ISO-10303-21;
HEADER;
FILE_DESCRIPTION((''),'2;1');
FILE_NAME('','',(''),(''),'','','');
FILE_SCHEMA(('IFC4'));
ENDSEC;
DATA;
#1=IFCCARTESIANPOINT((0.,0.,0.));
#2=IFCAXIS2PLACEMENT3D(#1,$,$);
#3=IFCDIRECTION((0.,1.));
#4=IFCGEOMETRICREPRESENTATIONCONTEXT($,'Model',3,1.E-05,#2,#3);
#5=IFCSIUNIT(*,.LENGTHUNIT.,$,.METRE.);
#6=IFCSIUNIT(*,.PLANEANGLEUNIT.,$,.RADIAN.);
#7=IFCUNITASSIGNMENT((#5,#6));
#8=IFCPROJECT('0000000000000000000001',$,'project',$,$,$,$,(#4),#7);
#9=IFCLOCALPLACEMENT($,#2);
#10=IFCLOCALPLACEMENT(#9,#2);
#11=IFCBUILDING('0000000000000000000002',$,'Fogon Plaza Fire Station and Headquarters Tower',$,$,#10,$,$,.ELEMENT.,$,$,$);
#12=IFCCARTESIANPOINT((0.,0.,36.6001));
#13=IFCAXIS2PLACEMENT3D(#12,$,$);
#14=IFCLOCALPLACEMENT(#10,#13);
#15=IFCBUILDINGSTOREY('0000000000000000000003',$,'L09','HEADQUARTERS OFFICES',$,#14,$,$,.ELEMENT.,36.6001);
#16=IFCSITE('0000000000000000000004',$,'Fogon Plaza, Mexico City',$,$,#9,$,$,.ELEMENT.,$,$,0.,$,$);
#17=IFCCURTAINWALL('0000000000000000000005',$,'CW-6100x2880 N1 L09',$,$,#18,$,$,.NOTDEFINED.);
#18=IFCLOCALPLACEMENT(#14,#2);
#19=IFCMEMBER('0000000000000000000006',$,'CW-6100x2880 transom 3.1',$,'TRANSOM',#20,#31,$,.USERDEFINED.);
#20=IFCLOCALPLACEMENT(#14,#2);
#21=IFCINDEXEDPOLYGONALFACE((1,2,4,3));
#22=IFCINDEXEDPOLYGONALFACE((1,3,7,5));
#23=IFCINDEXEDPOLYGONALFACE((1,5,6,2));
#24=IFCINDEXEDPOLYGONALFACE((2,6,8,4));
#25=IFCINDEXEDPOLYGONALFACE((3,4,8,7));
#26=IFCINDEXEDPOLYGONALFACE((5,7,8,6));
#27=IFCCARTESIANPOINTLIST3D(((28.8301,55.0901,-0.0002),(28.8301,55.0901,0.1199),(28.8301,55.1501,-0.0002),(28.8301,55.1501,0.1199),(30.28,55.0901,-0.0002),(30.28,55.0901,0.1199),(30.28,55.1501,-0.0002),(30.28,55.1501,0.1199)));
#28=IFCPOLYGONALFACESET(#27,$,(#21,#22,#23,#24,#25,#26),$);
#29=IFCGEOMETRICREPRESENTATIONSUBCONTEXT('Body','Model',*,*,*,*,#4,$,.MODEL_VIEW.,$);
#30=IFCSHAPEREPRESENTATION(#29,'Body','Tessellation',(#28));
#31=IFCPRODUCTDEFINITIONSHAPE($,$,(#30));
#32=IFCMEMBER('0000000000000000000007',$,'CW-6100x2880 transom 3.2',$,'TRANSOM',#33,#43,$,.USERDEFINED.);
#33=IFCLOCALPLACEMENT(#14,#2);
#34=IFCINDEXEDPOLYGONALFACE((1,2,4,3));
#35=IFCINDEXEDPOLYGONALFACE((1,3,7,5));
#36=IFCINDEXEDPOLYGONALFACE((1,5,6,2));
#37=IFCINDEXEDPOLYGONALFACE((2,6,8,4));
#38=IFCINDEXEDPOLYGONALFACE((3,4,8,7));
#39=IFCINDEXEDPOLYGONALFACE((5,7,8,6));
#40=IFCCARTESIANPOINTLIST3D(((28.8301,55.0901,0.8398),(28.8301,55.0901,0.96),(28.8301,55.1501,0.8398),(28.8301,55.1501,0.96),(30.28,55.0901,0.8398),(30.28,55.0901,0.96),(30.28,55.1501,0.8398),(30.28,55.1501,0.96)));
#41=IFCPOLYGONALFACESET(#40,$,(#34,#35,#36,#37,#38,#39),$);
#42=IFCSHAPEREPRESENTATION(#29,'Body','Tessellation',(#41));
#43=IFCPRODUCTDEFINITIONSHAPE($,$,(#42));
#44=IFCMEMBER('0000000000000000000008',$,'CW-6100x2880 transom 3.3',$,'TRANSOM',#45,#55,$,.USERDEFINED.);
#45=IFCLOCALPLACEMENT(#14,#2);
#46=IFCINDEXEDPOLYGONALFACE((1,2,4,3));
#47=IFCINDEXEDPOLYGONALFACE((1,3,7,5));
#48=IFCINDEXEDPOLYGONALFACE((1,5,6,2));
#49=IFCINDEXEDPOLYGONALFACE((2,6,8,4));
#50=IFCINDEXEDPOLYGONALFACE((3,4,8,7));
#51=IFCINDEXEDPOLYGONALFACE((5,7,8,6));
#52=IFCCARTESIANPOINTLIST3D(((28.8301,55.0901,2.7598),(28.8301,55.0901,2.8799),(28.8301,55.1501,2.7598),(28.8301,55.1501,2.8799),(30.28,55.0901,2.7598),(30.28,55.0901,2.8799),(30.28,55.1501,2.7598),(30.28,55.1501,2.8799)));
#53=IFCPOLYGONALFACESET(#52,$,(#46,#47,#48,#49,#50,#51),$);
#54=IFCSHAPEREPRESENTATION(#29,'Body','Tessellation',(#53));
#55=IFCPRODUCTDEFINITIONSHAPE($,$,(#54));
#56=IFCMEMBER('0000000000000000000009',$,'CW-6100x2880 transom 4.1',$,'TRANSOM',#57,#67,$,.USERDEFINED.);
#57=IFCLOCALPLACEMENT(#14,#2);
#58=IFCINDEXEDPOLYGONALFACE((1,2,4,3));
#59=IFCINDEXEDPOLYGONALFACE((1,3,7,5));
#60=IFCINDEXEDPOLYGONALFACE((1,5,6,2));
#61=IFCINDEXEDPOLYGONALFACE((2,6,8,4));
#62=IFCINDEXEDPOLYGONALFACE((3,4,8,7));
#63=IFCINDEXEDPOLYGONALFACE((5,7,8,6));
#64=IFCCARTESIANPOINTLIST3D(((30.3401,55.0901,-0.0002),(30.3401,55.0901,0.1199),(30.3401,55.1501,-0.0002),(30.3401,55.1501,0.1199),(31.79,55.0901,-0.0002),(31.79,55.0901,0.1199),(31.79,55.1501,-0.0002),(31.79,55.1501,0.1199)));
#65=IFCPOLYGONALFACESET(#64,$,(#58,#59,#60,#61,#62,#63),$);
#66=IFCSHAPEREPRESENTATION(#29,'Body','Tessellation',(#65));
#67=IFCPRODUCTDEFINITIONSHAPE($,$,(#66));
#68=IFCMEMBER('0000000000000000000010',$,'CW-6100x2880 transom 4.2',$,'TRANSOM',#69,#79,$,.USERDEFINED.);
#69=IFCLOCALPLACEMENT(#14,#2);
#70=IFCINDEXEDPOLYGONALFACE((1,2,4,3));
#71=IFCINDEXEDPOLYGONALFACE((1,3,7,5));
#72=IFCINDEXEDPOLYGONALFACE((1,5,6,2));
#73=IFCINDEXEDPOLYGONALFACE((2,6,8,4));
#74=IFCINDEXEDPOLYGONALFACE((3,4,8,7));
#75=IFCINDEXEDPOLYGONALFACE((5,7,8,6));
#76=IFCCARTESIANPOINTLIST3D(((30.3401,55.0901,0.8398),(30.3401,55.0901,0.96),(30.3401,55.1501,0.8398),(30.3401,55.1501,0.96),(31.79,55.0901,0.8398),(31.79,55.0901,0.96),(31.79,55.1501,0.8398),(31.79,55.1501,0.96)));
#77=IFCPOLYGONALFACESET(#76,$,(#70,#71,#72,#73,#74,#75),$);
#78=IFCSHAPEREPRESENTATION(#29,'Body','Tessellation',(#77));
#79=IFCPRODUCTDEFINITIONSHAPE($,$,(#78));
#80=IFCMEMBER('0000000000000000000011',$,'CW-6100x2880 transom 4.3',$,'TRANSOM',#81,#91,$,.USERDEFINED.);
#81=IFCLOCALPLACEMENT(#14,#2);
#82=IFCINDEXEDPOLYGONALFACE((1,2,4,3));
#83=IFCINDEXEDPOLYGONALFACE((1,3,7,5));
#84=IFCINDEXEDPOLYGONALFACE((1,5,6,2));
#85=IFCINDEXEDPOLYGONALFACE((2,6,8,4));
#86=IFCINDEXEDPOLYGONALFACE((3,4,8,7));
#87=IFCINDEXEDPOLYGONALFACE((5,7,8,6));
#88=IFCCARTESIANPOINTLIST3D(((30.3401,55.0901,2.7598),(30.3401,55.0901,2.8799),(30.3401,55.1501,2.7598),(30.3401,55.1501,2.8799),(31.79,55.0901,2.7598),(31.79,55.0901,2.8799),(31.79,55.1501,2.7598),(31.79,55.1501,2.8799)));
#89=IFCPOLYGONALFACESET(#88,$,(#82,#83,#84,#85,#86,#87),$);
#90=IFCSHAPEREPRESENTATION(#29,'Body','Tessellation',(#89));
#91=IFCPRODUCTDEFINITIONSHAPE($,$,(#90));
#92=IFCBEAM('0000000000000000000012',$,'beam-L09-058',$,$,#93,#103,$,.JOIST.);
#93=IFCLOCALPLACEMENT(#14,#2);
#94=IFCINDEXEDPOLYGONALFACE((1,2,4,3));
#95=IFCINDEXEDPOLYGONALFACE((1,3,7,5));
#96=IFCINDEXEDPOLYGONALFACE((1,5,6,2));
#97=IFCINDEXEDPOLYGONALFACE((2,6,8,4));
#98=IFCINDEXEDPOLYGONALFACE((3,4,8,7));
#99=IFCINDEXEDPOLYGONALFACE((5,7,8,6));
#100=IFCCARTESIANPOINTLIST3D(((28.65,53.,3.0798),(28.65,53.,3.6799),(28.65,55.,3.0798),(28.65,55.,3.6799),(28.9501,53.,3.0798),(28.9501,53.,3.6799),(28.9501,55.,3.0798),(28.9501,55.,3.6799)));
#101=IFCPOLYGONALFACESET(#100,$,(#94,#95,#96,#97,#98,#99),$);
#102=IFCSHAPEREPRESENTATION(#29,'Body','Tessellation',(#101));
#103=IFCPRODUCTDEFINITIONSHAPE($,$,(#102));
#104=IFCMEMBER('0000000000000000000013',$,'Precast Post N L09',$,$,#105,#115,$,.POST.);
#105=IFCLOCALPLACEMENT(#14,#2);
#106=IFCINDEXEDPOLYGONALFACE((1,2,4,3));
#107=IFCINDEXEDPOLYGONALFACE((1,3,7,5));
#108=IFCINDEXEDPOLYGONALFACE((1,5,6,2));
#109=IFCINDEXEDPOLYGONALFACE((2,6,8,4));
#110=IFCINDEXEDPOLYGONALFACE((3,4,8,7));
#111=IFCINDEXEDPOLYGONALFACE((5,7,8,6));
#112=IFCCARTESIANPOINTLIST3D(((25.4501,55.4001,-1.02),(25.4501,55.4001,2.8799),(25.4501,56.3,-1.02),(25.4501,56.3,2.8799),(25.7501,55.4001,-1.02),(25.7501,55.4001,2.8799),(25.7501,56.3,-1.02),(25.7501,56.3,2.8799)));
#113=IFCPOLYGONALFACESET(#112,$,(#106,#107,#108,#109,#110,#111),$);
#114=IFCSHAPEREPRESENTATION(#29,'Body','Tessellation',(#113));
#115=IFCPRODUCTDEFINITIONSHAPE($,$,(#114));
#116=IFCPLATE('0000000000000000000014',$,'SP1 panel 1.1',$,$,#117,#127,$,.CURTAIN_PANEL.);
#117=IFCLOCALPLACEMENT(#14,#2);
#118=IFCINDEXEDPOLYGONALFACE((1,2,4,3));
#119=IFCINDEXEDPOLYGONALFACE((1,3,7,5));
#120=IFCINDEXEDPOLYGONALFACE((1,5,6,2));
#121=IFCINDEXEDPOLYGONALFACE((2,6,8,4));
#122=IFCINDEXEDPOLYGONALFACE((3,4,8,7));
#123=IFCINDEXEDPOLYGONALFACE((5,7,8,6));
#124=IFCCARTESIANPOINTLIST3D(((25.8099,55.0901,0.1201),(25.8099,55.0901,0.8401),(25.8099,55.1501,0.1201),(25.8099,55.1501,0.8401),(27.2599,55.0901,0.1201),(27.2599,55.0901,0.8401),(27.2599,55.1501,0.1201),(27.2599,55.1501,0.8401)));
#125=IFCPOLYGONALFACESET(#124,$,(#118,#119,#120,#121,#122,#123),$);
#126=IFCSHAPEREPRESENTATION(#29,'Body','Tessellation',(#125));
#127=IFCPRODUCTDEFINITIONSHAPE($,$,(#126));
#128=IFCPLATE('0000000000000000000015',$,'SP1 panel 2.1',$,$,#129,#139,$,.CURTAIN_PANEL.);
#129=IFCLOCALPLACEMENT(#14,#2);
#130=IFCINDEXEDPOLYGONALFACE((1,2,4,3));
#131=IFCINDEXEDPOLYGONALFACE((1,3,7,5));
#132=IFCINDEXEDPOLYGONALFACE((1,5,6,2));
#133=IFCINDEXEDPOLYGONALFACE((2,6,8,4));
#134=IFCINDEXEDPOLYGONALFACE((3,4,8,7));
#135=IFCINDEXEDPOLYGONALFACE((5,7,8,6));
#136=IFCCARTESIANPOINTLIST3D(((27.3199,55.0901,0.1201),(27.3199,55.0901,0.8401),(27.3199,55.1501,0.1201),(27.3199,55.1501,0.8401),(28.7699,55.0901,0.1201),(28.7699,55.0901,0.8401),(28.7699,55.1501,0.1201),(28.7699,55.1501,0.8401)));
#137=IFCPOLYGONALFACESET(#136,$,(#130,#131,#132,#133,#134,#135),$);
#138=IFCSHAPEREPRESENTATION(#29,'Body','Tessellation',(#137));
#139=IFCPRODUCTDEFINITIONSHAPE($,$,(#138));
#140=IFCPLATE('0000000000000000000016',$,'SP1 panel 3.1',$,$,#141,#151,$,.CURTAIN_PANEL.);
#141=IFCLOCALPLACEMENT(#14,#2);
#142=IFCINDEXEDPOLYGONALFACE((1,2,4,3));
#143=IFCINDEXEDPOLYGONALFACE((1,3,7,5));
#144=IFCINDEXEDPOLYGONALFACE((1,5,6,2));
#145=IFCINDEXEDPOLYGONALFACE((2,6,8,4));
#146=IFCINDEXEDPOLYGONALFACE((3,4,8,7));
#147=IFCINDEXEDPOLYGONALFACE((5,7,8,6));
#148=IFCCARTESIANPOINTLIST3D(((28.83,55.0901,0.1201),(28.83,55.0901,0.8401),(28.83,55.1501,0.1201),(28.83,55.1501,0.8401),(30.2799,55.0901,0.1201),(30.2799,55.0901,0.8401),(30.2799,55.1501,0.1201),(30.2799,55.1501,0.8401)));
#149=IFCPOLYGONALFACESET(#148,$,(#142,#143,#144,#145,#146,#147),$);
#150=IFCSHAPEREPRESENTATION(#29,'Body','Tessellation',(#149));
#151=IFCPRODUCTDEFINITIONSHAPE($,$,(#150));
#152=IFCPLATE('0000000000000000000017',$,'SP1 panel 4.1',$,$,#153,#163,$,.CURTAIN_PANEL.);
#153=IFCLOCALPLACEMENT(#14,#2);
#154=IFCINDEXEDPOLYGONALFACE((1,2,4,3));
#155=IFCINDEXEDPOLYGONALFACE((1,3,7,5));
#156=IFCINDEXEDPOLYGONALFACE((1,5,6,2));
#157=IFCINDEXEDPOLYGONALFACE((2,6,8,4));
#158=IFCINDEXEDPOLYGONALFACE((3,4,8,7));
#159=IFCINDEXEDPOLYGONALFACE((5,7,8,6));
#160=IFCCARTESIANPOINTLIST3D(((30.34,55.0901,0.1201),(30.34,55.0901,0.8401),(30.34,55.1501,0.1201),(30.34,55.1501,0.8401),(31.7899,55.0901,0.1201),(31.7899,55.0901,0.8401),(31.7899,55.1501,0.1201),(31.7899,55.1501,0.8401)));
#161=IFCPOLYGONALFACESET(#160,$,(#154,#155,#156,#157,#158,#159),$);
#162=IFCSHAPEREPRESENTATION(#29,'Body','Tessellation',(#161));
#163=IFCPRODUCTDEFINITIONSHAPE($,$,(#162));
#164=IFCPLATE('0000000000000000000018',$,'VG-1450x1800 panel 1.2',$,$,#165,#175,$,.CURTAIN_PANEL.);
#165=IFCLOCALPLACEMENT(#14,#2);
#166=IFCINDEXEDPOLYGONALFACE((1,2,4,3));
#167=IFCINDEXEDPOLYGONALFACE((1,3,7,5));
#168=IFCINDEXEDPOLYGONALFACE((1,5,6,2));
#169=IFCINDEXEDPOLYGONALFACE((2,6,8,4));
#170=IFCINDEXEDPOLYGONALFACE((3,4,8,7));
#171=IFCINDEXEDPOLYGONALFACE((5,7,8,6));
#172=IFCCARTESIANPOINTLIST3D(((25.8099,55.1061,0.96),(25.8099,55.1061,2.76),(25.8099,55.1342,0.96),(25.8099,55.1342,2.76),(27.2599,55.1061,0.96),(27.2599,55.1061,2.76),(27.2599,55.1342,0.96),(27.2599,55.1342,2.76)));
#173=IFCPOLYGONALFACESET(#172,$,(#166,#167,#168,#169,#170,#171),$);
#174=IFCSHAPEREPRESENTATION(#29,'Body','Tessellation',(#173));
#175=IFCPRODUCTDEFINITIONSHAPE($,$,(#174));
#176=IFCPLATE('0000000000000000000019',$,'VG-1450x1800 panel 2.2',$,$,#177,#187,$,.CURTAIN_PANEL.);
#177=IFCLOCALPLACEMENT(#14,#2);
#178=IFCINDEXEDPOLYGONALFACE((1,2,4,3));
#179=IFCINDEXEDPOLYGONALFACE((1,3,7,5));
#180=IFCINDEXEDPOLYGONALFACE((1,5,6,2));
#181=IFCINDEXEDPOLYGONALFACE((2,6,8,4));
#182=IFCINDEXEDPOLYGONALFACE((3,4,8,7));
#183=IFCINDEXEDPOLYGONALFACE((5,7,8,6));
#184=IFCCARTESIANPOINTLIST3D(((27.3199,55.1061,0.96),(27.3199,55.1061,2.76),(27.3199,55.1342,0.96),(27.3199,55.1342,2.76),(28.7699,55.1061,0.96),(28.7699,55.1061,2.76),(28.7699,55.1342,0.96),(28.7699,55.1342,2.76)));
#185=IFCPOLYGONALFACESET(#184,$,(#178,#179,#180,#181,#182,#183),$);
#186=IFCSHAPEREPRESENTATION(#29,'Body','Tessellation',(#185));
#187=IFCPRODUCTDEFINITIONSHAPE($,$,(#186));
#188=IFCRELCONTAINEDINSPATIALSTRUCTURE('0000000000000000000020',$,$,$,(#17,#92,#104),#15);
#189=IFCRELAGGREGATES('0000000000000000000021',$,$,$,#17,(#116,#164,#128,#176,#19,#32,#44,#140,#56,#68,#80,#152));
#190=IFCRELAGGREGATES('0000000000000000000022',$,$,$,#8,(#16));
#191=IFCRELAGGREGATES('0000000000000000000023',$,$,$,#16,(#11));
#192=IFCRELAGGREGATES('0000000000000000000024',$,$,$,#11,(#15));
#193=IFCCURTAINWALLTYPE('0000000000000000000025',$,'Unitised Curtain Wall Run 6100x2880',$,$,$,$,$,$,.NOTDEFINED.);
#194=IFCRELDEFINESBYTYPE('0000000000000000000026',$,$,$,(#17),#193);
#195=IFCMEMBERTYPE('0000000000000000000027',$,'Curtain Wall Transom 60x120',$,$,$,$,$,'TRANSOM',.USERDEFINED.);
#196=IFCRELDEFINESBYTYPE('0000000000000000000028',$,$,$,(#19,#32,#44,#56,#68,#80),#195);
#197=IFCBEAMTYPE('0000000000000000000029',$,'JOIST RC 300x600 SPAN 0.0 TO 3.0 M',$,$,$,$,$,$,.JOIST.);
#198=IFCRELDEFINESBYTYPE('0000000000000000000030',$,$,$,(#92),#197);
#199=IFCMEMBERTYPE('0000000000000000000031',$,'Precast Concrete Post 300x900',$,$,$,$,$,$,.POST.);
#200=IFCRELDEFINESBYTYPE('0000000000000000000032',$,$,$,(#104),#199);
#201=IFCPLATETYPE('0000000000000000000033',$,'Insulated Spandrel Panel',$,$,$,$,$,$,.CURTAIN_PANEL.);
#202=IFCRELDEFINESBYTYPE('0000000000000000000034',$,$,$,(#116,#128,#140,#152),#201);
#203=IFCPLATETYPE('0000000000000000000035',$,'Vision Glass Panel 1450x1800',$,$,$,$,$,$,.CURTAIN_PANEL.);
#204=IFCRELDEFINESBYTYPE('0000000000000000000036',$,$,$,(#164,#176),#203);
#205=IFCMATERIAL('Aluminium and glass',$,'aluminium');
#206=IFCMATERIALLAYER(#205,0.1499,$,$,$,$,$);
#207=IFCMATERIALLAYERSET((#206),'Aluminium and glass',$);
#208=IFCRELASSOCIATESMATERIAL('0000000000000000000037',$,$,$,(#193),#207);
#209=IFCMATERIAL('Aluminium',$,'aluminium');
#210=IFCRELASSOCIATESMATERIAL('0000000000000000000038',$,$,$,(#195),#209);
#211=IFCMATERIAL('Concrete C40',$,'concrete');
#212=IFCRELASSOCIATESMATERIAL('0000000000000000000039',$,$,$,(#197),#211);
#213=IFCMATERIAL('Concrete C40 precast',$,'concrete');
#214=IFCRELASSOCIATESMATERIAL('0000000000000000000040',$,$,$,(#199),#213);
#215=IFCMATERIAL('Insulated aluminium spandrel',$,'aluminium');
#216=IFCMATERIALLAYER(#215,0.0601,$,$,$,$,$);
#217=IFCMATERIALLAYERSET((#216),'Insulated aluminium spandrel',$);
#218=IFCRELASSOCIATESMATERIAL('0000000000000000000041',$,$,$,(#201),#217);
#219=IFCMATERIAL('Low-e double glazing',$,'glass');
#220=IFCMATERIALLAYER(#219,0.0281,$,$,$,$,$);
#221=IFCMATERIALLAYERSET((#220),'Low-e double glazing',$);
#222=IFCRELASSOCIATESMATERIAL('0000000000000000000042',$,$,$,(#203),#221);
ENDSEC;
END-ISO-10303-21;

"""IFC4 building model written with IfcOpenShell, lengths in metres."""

from ifc_helpers import new_model, si_unit, direction, frame, origin, origin_2d, place, context, subcontext, project, spatial, rectangle, extrude, material, layer, layer_set, material_profile, profile_set, type_object, element, aggregate, save


model = new_model("IFC4")

# Units and contexts
model_context = context("Model", 3, precision=1e-05, world=origin(), true_north=direction((0.0, 1.0)))
body_context = subcontext(model_context, "Body", "Model", "MODEL_VIEW")
ifc_project = project(units=[si_unit("LENGTHUNIT", "METRE"), si_unit("PLANEANGLEUNIT", "RADIAN")], contexts=[model_context])

# Site, building, storey
site_placement = place(None, origin())
site = spatial("IfcSite", under=ifc_project, at=site_placement, Name="Fogon Plaza, Mexico City", CompositionType="ELEMENT", RefElevation=0.0)
building_placement = place(site_placement, origin())
building = spatial("IfcBuilding", under=site, at=building_placement, Name="Fogon Plaza Fire Station and Headquarters Tower", CompositionType="ELEMENT")
storey_placement = place(building_placement, frame((0.0, 0.0, 36.6001)))
storey = spatial("IfcBuildingStorey", under=building, at=storey_placement, Name="L09", Description="HEADQUARTERS OFFICES", CompositionType="ELEMENT", Elevation=36.6001)

# Curtain wall, members
ifc_material_1 = material(Name="Aluminium and glass", Category="aluminium")
ifc_layer_1 = layer(ifc_material_1, 0.1499)
ifc_layer_set_1 = layer_set([ifc_layer_1], Name="Aluminium and glass")
curtain_wall_type = type_object("IfcCurtainWallType", Name="Unitised Curtain Wall Run 6100x2880", PredefinedType="NOTDEFINED", material=ifc_layer_set_1)
curtain_wall_placement = place(storey_placement, origin())
curtain_wall = element("IfcCurtainWall", 1, at=curtain_wall_placement, inside=storey, type_object=curtain_wall_type, Name="CW-6100x2880 N1 L09", PredefinedType="NOTDEFINED")
ifc_material_2 = material(Name="Aluminium", Category="aluminium")
ifc_material_profile_1 = material_profile(ifc_material_2, rectangle(XDim=0.0601, YDim=0.1201, at=origin_2d()), Name="Curtain Wall Transom 60x120")
ifc_profile_set_1 = profile_set([ifc_material_profile_1], Name="Aluminium")
member_type_1 = type_object("IfcMemberType", Name="Curtain Wall Transom 60x120", ElementType="TRANSOM", PredefinedType="USERDEFINED", material=ifc_profile_set_1)
member_1_placement = place(storey_placement, frame((28.8301, 55.1201, 0.0598), z_axis=(1.0, 0.0, 0.0), x_axis=(0.0, 1.0, 0.0)))
member_1 = element("IfcMember", 2, at=member_1_placement, type_object=member_type_1, Name="CW-6100x2880 transom 3.1", ObjectType="TRANSOM", PredefinedType="USERDEFINED", context=body_context, shape_type="SweptSolid", body=[
    extrude(rectangle(XDim=0.0601, YDim=0.1201, at=origin_2d()), origin(), (0.0, 0.0, 1.0), 1.45),
])
member_2_placement = place(storey_placement, frame((28.8301, 55.1201, 0.8999), z_axis=(1.0, 0.0, 0.0), x_axis=(0.0, 1.0, 0.0)))
member_2 = element("IfcMember", 3, at=member_2_placement, type_object=member_type_1, Name="CW-6100x2880 transom 3.2", ObjectType="TRANSOM", PredefinedType="USERDEFINED", context=body_context, shape_type="SweptSolid", body=[
    extrude(rectangle(XDim=0.0601, YDim=0.1201, at=origin_2d()), origin(), (0.0, 0.0, 1.0), 1.45),
])
member_3_placement = place(storey_placement, frame((28.8301, 55.1201, 2.8198), z_axis=(1.0, 0.0, 0.0), x_axis=(0.0, 1.0, 0.0)))
member_3 = element("IfcMember", 4, at=member_3_placement, type_object=member_type_1, Name="CW-6100x2880 transom 3.3", ObjectType="TRANSOM", PredefinedType="USERDEFINED", context=body_context, shape_type="SweptSolid", body=[
    extrude(rectangle(XDim=0.0601, YDim=0.1201, at=origin_2d()), origin(), (0.0, 0.0, 1.0), 1.45),
])
member_4_placement = place(storey_placement, frame((30.3401, 55.1201, 0.0598), z_axis=(1.0, 0.0, 0.0), x_axis=(0.0, 1.0, 0.0)))
member_4 = element("IfcMember", 5, at=member_4_placement, type_object=member_type_1, Name="CW-6100x2880 transom 4.1", ObjectType="TRANSOM", PredefinedType="USERDEFINED", context=body_context, shape_type="SweptSolid", body=[
    extrude(rectangle(XDim=0.0601, YDim=0.1201, at=origin_2d()), origin(), (0.0, 0.0, 1.0), 1.45),
])
member_5_placement = place(storey_placement, frame((30.3401, 55.1201, 0.8999), z_axis=(1.0, 0.0, 0.0), x_axis=(0.0, 1.0, 0.0)))
member_5 = element("IfcMember", 6, at=member_5_placement, type_object=member_type_1, Name="CW-6100x2880 transom 4.2", ObjectType="TRANSOM", PredefinedType="USERDEFINED", context=body_context, shape_type="SweptSolid", body=[
    extrude(rectangle(XDim=0.0601, YDim=0.1201, at=origin_2d()), origin(), (0.0, 0.0, 1.0), 1.45),
])
member_6_placement = place(storey_placement, frame((30.3401, 55.1201, 2.8198), z_axis=(1.0, 0.0, 0.0), x_axis=(0.0, 1.0, 0.0)))
member_6 = element("IfcMember", 7, at=member_6_placement, type_object=member_type_1, Name="CW-6100x2880 transom 4.3", ObjectType="TRANSOM", PredefinedType="USERDEFINED", context=body_context, shape_type="SweptSolid", body=[
    extrude(rectangle(XDim=0.0601, YDim=0.1201, at=origin_2d()), origin(), (0.0, 0.0, 1.0), 1.45),
])

# Beam
ifc_material_3 = material(Name="Concrete C40", Category="concrete")
ifc_material_profile_2 = material_profile(ifc_material_3, rectangle(XDim=0.3, YDim=0.6001, at=origin_2d()), Name="RC 300x600")
ifc_profile_set_2 = profile_set([ifc_material_profile_2], Name="Concrete C40")
beam_type_1 = type_object("IfcBeamType", Name="JOIST RC 300x600 SPAN 0.0 TO 3.0 M", PredefinedType="JOIST", material=ifc_profile_set_2)
beam_1_placement = place(storey_placement, frame((28.8, 53.0, 3.3799), z_axis=(0.0, 1.0, 0.0), x_axis=(-1.0, 0.0, 0.0)))
element("IfcBeam", 8, at=beam_1_placement, inside=storey, type_object=beam_type_1, Name="beam-L09-058", PredefinedType="JOIST", context=body_context, shape_type="SweptSolid", body=[
    extrude(rectangle(XDim=0.3, YDim=0.6001, at=origin_2d()), origin(), (0.0, 0.0, 1.0), 2.0),
])

# Member
ifc_material_4 = material(Name="Concrete C40 precast", Category="concrete")
ifc_material_profile_3 = material_profile(ifc_material_4, rectangle(XDim=0.3, YDim=0.8999, at=origin_2d()), Name="Precast Concrete Post 300x900")
ifc_profile_set_3 = profile_set([ifc_material_profile_3], Name="Concrete C40 precast")
member_type_2 = type_object("IfcMemberType", Name="Precast Concrete Post 300x900", PredefinedType="POST", material=ifc_profile_set_3)
member_7_placement = place(storey_placement, frame((25.6001, 55.8501, -1.02), z_axis=(0.0, 0.0, 1.0), x_axis=(1.0, 0.0, 0.0)))
element("IfcMember", 9, at=member_7_placement, inside=storey, type_object=member_type_2, Name="Precast Post N L09", PredefinedType="POST", context=body_context, shape_type="SweptSolid", body=[
    extrude(rectangle(XDim=0.3, YDim=0.8999, at=origin_2d()), origin(), (0.0, 0.0, 1.0), 3.8999),
])

# Plates
ifc_material_5 = material(Name="Insulated aluminium spandrel", Category="aluminium")
ifc_layer_2 = layer(ifc_material_5, 0.0601)
ifc_layer_set_2 = layer_set([ifc_layer_2], Name="Insulated aluminium spandrel")
plate_type_1 = type_object("IfcPlateType", Name="Insulated Spandrel Panel", PredefinedType="CURTAIN_PANEL", material=ifc_layer_set_2)
plate_1_placement = place(storey_placement, frame((26.5349, 55.1201, 0.1201), z_axis=(0.0, 0.0, 1.0), x_axis=(1.0, 0.0, 0.0)))
plate_1 = element("IfcPlate", 10, at=plate_1_placement, type_object=plate_type_1, Name="SP1 panel 1.1", PredefinedType="CURTAIN_PANEL", context=body_context, shape_type="SweptSolid", body=[
    extrude(rectangle(XDim=1.45, YDim=0.0601, at=origin_2d()), origin(), (0.0, 0.0, 1.0), 0.72),
])
plate_2_placement = place(storey_placement, frame((28.0449, 55.1201, 0.1201), z_axis=(0.0, 0.0, 1.0), x_axis=(1.0, 0.0, 0.0)))
plate_2 = element("IfcPlate", 11, at=plate_2_placement, type_object=plate_type_1, Name="SP1 panel 2.1", PredefinedType="CURTAIN_PANEL", context=body_context, shape_type="SweptSolid", body=[
    extrude(rectangle(XDim=1.45, YDim=0.0601, at=origin_2d()), origin(), (0.0, 0.0, 1.0), 0.72),
])
plate_3_placement = place(storey_placement, frame((29.5549, 55.1201, 0.1201), z_axis=(0.0, 0.0, 1.0), x_axis=(1.0, 0.0, 0.0)))
plate_3 = element("IfcPlate", 12, at=plate_3_placement, type_object=plate_type_1, Name="SP1 panel 3.1", PredefinedType="CURTAIN_PANEL", context=body_context, shape_type="SweptSolid", body=[
    extrude(rectangle(XDim=1.45, YDim=0.0601, at=origin_2d()), origin(), (0.0, 0.0, 1.0), 0.72),
])
plate_4_placement = place(storey_placement, frame((31.0649, 55.1201, 0.1201), z_axis=(0.0, 0.0, 1.0), x_axis=(1.0, 0.0, 0.0)))
plate_4 = element("IfcPlate", 13, at=plate_4_placement, type_object=plate_type_1, Name="SP1 panel 4.1", PredefinedType="CURTAIN_PANEL", context=body_context, shape_type="SweptSolid", body=[
    extrude(rectangle(XDim=1.45, YDim=0.0601, at=origin_2d()), origin(), (0.0, 0.0, 1.0), 0.72),
])
ifc_material_6 = material(Name="Low-e double glazing", Category="glass")
ifc_layer_3 = layer(ifc_material_6, 0.0281)
ifc_layer_set_3 = layer_set([ifc_layer_3], Name="Low-e double glazing")
plate_type_2 = type_object("IfcPlateType", Name="Vision Glass Panel 1450x1800", PredefinedType="CURTAIN_PANEL", material=ifc_layer_set_3)
plate_5_placement = place(storey_placement, frame((26.5349, 55.1201, 0.96), z_axis=(0.0, 0.0, 1.0), x_axis=(1.0, 0.0, 0.0)))
plate_5 = element("IfcPlate", 14, at=plate_5_placement, type_object=plate_type_2, Name="VG-1450x1800 panel 1.2", PredefinedType="CURTAIN_PANEL", context=body_context, shape_type="SweptSolid", body=[
    extrude(rectangle(XDim=1.45, YDim=0.0281, at=origin_2d()), origin(), (0.0, 0.0, 1.0), 1.8),
])
plate_6_placement = place(storey_placement, frame((28.0449, 55.1201, 0.96), z_axis=(0.0, 0.0, 1.0), x_axis=(1.0, 0.0, 0.0)))
plate_6 = element("IfcPlate", 15, at=plate_6_placement, type_object=plate_type_2, Name="VG-1450x1800 panel 2.2", PredefinedType="CURTAIN_PANEL", context=body_context, shape_type="SweptSolid", body=[
    extrude(rectangle(XDim=1.45, YDim=0.0281, at=origin_2d()), origin(), (0.0, 0.0, 1.0), 1.8),
])
aggregate(curtain_wall, [plate_1, plate_5, plate_2, plate_6, member_1, member_2, member_3, plate_3, member_4, member_5, member_6, plate_4])

save(model, "model.ifc")
